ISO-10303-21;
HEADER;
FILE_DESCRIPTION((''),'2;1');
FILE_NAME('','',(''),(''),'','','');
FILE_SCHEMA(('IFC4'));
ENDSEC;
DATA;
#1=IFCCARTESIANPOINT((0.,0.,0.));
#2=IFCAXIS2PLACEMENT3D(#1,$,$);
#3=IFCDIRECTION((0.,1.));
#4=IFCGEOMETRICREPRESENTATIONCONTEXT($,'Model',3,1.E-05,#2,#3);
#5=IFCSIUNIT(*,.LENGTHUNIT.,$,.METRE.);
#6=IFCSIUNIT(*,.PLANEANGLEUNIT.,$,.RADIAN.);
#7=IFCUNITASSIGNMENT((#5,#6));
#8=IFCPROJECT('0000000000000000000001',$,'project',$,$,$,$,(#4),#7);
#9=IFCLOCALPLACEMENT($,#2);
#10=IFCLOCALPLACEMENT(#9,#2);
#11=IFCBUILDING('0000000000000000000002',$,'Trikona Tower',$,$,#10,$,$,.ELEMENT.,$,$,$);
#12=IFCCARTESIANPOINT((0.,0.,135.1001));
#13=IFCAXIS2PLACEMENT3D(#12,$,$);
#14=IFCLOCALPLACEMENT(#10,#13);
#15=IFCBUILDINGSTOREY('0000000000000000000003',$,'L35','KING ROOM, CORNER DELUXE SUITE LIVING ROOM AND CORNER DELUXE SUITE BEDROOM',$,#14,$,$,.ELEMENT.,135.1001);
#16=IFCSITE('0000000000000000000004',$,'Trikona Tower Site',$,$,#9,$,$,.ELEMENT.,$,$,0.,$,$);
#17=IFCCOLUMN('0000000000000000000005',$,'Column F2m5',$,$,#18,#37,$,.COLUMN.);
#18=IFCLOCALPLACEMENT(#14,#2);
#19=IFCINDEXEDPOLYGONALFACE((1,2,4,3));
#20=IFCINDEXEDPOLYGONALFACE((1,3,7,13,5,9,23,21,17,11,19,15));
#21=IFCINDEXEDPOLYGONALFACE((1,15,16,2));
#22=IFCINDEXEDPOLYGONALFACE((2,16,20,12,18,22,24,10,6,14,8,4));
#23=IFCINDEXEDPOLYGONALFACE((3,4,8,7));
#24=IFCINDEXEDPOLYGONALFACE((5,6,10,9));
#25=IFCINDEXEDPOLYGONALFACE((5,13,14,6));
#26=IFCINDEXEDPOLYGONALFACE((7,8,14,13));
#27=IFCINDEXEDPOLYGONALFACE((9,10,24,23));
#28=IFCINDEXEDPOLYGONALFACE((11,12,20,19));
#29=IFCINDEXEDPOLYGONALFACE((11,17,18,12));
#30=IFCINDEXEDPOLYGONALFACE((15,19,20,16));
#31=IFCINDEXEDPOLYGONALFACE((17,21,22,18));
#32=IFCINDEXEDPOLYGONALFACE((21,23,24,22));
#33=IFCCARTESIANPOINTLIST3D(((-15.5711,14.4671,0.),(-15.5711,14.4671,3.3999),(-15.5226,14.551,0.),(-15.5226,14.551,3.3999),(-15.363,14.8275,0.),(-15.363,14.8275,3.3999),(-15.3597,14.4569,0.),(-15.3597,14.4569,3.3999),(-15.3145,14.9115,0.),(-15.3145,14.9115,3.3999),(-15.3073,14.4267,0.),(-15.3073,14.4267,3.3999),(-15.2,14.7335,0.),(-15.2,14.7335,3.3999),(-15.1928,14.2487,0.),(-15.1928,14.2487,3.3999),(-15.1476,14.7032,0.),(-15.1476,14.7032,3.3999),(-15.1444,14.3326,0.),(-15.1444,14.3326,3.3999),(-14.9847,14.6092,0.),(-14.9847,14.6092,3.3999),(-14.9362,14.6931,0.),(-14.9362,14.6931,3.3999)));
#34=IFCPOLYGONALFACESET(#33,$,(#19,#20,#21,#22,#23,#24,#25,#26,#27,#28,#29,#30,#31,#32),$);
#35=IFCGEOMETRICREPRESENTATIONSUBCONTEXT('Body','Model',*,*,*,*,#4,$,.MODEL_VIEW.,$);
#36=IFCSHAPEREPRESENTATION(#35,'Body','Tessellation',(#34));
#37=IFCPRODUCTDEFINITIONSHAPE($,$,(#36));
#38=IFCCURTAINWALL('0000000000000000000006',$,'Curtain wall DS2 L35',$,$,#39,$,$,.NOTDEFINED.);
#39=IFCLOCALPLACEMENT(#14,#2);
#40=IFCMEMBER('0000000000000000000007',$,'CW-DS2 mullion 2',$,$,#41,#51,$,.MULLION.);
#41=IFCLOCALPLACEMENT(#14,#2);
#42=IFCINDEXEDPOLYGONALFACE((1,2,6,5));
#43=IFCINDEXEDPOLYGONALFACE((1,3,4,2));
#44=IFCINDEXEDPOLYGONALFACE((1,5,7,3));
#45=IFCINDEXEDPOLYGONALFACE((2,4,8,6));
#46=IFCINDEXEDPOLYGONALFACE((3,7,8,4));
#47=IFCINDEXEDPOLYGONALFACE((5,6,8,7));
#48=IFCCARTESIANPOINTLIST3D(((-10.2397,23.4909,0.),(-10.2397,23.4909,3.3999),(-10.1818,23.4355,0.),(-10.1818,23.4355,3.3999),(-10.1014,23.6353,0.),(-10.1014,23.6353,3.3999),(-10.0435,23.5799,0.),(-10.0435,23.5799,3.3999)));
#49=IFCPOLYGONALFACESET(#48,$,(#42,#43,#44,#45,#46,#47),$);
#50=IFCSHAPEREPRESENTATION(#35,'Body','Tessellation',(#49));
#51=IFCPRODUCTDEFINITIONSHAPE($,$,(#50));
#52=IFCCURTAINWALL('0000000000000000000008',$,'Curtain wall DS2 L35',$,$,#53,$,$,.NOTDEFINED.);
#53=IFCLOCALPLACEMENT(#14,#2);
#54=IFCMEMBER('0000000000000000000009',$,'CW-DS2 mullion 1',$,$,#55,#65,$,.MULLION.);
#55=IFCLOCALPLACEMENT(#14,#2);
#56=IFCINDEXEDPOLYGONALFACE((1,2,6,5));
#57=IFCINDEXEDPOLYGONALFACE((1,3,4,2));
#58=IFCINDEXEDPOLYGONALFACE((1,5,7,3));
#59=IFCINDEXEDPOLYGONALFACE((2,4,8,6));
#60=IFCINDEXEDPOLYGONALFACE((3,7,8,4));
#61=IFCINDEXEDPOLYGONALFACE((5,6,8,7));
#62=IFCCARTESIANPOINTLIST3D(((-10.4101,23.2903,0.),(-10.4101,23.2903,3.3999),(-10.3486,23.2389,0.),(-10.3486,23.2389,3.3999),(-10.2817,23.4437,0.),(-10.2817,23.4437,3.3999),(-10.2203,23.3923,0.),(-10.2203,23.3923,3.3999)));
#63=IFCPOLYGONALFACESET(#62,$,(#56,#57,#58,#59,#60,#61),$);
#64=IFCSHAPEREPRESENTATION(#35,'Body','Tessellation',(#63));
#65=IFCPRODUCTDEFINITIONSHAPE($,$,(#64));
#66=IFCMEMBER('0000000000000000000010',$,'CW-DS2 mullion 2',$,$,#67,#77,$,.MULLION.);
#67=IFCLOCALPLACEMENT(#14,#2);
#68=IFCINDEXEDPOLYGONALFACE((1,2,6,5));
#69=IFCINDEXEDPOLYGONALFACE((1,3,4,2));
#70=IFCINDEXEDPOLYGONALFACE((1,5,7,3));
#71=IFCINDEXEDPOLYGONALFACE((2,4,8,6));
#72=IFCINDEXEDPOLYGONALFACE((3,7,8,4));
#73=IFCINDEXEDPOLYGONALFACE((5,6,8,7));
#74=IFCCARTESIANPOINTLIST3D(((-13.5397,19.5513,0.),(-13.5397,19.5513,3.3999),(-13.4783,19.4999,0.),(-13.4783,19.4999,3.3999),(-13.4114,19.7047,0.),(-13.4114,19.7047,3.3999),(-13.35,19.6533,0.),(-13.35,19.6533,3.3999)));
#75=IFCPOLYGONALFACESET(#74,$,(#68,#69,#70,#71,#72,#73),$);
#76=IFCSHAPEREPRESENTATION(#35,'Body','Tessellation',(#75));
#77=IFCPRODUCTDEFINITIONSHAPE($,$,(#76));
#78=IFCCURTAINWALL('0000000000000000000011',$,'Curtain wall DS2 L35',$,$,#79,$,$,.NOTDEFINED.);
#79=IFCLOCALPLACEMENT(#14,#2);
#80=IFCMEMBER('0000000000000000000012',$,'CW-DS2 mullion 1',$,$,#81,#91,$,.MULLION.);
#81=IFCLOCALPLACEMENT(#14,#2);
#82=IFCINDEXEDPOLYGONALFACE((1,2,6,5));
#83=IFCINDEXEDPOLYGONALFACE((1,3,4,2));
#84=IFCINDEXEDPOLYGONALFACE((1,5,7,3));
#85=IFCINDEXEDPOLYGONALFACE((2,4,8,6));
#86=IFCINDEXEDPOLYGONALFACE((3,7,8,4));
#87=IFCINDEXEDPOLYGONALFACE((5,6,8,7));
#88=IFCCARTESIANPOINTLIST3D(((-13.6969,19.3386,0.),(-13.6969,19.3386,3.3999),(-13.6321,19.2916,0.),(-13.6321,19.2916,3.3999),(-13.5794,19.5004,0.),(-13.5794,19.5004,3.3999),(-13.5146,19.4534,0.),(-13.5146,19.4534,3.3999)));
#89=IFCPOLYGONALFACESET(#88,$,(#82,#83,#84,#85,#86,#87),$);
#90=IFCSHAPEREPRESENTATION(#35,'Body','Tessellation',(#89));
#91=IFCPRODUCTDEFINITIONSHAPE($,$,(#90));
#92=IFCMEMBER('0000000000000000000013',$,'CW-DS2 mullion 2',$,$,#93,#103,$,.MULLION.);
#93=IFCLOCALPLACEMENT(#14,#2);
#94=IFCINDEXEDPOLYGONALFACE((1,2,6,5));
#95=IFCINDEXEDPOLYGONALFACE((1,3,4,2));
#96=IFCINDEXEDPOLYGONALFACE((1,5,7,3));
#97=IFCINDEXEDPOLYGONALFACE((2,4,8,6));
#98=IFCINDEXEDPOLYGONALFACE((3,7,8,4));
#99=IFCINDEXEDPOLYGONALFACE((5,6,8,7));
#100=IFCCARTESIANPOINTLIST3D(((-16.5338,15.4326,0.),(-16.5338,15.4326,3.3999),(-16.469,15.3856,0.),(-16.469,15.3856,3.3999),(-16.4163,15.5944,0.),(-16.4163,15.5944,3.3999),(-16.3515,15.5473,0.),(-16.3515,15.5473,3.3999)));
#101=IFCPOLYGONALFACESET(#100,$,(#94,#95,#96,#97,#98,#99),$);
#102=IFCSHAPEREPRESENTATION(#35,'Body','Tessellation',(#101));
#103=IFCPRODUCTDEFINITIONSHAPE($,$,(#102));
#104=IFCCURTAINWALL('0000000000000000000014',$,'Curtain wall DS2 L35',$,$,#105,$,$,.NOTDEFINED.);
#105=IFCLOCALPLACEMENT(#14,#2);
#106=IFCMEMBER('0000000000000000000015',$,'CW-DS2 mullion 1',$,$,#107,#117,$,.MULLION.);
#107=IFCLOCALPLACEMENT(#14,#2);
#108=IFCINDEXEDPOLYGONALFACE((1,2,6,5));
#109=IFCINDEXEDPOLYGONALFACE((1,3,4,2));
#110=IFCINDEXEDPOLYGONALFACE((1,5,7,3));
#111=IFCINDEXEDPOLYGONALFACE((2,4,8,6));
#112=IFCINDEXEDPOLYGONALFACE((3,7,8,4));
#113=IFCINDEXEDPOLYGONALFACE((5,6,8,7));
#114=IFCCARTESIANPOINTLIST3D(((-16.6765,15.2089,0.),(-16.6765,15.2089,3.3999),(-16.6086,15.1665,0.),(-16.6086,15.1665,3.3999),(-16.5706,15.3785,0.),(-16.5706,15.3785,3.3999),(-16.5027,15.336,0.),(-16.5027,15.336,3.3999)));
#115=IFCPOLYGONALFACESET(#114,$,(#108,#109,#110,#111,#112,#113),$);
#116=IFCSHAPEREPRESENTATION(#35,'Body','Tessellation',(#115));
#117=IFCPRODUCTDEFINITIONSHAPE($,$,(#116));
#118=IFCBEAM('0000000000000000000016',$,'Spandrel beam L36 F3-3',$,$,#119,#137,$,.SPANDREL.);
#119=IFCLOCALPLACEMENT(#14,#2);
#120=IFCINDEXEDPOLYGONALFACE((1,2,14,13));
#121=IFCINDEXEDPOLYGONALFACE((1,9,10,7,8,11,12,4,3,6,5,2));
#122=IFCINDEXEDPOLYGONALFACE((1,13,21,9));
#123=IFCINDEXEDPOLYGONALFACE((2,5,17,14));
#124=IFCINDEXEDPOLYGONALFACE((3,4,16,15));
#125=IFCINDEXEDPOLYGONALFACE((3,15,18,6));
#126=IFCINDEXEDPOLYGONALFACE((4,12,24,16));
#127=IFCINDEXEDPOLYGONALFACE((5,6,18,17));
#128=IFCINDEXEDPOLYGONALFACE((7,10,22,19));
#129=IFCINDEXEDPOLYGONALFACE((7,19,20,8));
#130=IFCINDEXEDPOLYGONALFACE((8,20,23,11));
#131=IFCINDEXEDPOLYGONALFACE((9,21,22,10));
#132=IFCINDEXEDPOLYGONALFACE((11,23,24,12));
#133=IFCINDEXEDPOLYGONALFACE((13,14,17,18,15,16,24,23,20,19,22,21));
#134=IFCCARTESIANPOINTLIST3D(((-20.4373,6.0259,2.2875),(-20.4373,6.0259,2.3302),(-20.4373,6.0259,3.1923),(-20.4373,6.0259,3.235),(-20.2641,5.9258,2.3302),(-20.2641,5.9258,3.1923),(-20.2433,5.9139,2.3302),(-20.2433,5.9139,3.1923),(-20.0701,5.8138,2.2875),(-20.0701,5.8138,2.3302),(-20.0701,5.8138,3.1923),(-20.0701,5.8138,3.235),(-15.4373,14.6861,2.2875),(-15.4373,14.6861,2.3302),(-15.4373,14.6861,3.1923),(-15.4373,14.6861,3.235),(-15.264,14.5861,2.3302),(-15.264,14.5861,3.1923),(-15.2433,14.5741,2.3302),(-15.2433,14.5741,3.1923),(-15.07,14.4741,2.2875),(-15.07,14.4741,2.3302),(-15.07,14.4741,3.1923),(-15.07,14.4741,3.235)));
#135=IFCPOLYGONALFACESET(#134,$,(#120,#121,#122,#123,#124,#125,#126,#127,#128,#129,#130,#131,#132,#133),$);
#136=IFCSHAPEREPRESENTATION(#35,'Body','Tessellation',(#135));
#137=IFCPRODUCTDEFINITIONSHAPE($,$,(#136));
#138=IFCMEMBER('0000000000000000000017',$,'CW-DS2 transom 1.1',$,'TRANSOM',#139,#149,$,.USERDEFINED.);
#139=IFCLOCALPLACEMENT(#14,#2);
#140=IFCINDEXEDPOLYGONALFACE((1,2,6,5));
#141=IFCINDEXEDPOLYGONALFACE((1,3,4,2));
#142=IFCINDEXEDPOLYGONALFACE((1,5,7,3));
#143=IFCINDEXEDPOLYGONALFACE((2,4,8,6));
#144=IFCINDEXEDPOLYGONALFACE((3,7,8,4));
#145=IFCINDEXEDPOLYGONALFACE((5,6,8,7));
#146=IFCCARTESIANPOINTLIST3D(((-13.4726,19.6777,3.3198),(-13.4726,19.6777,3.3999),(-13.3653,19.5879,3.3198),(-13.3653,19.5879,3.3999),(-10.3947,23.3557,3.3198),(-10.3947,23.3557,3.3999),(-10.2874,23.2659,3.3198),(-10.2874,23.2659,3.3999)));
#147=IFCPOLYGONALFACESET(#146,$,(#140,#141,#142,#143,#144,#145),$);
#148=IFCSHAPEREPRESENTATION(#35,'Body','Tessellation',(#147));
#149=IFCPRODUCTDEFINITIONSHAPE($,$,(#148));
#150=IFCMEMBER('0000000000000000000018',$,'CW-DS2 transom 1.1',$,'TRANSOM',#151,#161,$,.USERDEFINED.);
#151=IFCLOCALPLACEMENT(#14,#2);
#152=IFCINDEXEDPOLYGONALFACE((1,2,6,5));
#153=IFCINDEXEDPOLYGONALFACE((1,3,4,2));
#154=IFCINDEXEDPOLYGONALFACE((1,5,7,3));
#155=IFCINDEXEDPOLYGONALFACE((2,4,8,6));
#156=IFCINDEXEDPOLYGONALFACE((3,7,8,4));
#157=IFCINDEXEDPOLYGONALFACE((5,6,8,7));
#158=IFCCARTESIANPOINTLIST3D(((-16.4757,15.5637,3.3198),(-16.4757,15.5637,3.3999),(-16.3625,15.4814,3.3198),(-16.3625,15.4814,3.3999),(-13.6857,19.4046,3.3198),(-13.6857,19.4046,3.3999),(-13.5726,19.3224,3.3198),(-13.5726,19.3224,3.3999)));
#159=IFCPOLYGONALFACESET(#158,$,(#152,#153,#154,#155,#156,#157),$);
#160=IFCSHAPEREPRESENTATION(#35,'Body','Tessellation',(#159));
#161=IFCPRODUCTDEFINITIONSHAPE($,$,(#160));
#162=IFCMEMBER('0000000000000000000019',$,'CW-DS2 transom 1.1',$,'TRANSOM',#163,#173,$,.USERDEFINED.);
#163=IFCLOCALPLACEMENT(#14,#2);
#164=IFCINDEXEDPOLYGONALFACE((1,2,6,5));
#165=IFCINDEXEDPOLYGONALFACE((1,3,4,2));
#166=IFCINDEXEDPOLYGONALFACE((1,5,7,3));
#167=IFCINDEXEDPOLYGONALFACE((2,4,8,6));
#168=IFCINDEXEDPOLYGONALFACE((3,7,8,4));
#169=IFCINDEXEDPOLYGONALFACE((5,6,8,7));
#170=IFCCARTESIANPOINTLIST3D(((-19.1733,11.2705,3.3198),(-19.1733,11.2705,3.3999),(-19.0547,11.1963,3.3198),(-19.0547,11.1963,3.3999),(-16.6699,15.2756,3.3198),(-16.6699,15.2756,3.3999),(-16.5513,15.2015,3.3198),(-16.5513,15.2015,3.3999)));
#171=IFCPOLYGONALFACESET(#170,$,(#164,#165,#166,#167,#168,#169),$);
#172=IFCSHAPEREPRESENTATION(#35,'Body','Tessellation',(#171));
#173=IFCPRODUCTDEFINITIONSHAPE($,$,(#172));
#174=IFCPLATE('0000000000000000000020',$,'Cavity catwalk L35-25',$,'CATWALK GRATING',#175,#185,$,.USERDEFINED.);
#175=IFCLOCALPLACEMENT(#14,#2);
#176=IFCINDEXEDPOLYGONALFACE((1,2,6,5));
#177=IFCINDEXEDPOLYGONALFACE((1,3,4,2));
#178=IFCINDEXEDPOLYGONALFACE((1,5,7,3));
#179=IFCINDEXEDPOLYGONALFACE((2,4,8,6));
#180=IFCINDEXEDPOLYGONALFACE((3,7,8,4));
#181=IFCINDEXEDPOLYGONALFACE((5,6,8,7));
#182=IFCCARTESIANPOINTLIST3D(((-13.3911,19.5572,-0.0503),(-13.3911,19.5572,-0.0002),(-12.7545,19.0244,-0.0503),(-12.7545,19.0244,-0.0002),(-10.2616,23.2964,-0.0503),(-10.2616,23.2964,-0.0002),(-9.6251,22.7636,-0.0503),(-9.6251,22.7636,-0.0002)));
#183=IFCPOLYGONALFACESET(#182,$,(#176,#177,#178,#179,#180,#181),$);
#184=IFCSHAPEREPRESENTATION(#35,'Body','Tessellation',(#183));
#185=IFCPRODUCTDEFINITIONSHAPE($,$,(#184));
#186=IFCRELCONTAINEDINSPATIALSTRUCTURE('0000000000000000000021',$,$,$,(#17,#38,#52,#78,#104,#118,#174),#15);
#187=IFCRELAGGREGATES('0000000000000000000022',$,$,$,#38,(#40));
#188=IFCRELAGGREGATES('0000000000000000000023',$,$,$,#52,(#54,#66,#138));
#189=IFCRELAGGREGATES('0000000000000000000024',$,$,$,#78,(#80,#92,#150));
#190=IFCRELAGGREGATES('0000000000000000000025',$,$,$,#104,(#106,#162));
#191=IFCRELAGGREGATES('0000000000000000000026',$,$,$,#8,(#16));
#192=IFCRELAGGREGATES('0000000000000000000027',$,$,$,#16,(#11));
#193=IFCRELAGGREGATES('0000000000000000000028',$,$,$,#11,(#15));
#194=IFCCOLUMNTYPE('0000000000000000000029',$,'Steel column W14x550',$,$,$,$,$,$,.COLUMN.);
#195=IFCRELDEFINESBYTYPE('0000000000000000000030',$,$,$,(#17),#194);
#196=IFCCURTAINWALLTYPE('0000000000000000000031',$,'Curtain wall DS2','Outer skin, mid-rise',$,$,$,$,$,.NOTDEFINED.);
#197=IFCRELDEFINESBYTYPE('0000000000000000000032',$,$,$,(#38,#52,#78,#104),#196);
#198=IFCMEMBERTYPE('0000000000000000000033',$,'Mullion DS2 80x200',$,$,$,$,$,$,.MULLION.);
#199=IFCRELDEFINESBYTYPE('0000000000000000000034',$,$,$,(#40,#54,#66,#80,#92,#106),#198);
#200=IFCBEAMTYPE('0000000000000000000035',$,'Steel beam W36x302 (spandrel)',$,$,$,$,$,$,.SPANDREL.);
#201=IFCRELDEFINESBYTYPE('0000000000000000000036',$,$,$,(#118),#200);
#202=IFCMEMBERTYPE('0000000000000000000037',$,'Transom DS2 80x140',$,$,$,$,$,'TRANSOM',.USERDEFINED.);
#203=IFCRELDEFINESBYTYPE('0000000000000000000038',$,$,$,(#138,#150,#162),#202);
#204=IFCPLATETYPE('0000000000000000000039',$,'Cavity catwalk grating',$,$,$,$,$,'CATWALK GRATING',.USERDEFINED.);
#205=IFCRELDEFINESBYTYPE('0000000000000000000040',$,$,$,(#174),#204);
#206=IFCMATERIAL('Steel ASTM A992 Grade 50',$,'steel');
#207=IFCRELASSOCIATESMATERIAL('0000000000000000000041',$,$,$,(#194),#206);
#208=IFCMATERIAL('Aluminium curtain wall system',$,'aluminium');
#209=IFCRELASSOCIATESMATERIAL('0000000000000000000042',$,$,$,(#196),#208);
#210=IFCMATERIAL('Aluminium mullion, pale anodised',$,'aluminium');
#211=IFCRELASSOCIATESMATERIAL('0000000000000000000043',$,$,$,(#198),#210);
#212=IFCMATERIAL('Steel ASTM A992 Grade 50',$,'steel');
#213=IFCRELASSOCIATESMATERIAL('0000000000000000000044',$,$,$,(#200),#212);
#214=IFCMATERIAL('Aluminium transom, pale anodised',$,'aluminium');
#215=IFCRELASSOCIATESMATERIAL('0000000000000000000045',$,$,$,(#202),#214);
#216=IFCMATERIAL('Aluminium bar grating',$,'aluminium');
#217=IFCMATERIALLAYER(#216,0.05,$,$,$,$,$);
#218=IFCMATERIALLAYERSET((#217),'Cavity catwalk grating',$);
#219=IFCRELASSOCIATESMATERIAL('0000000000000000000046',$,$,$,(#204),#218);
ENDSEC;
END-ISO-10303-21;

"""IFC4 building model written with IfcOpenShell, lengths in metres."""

from ifc_helpers import new_model, si_unit, direction, frame, origin, origin_2d, place, context, subcontext, project, spatial, rectangle, i_section, extrude, material, layer, layer_set, material_profile, profile_set, type_object, element, aggregate, save


model = new_model("IFC4")

# Units and contexts
model_context = context("Model", 3, precision=1e-05, world=origin(), true_north=direction((0.0, 1.0)))
body_context = subcontext(model_context, "Body", "Model", "MODEL_VIEW")
ifc_project = project(units=[si_unit("LENGTHUNIT", "METRE"), si_unit("PLANEANGLEUNIT", "RADIAN")], contexts=[model_context])

# Site, building, storey
site_placement = place(None, origin())
site = spatial("IfcSite", under=ifc_project, at=site_placement, Name="Trikona Tower Site", CompositionType="ELEMENT", RefElevation=0.0)
building_placement = place(site_placement, origin())
building = spatial("IfcBuilding", under=site, at=building_placement, Name="Trikona Tower", CompositionType="ELEMENT")
storey_placement = place(building_placement, frame((0.0, 0.0, 135.1001)))
storey = spatial("IfcBuildingStorey", under=building, at=storey_placement, Name="L35", Description="KING ROOM, CORNER DELUXE SUITE LIVING ROOM AND CORNER DELUXE SUITE BEDROOM", CompositionType="ELEMENT", Elevation=135.1001)

# Column
ifc_material_1 = material(Name="Steel ASTM A992 Grade 50", Category="steel")
ifc_material_profile_1 = material_profile(ifc_material_1, i_section(OverallWidth=0.4368, OverallDepth=0.5132, WebThickness=0.0605, FlangeThickness=0.0969, at=origin_2d()), Name="W14X550")
ifc_profile_set_1 = profile_set([ifc_material_profile_1], Name="Steel ASTM A992 Grade 50")
column_type = type_object("IfcColumnType", Name="Steel column W14x550", PredefinedType="COLUMN", material=ifc_profile_set_1)
column_placement = place(storey_placement, frame((-15.2537, 14.5801, 0.0), z_axis=(0.0, 0.0, 1.0), x_axis=(-0.866025, 0.5, 0.0)))
element("IfcColumn", 1, at=column_placement, inside=storey, type_object=column_type, Name="Column F2m5", PredefinedType="COLUMN", context=body_context, shape_type="SweptSolid", body=[
    extrude(i_section(OverallWidth=0.4368, OverallDepth=0.5132, WebThickness=0.0605, FlangeThickness=0.0969, at=origin_2d()), origin(), (0.0, 0.0, 1.0), 3.3999),
])

# Curtain wall, member
ifc_material_2 = material(Name="Aluminium curtain wall system", Category="aluminium")
curtain_wall_type = type_object("IfcCurtainWallType", Name="Curtain wall DS2", Description="Outer skin, mid-rise", PredefinedType="NOTDEFINED", material=ifc_material_2)
curtain_wall_1_placement = place(storey_placement, origin())
curtain_wall_1 = element("IfcCurtainWall", 2, at=curtain_wall_1_placement, inside=storey, type_object=curtain_wall_type, Name="Curtain wall DS2 L35", PredefinedType="NOTDEFINED")
ifc_material_3 = material(Name="Aluminium mullion, pale anodised", Category="aluminium")
ifc_material_profile_2 = material_profile(ifc_material_3, rectangle(XDim=0.0801, YDim=0.2, at=origin_2d()), Name="MUL-DS2")
ifc_profile_set_2 = profile_set([ifc_material_profile_2], Name="Aluminium mullion, pale anodised")
member_type_1 = type_object("IfcMemberType", Name="Mullion DS2 80x200", PredefinedType="MULLION", material=ifc_profile_set_2)
member_1_placement = place(storey_placement, frame((-10.1416, 23.5354, 0.0), z_axis=(0.0, 0.0, 1.0), x_axis=(0.722158, -0.691728, 0.0)))
member_1 = element("IfcMember", 3, at=member_1_placement, type_object=member_type_1, Name="CW-DS2 mullion 2", PredefinedType="MULLION", context=body_context, shape_type="SweptSolid", body=[
    extrude(rectangle(XDim=0.0801, YDim=0.2, at=origin_2d()), origin(), (0.0, 0.0, 1.0), 3.3999),
])
aggregate(curtain_wall_1, [member_1])

# Curtain walls, members
curtain_wall_2_placement = place(storey_placement, origin())
curtain_wall_2 = element("IfcCurtainWall", 4, at=curtain_wall_2_placement, inside=storey, type_object=curtain_wall_type, Name="Curtain wall DS2 L35", PredefinedType="NOTDEFINED")
member_2_placement = place(storey_placement, frame((-10.3152, 23.3413, 0.0), z_axis=(0.0, 0.0, 1.0), x_axis=(0.766867, -0.641806, 0.0)))
member_2 = element("IfcMember", 5, at=member_2_placement, type_object=member_type_1, Name="CW-DS2 mullion 1", PredefinedType="MULLION", context=body_context, shape_type="SweptSolid", body=[
    extrude(rectangle(XDim=0.0801, YDim=0.2, at=origin_2d()), origin(), (0.0, 0.0, 1.0), 3.3999),
])
member_3_placement = place(storey_placement, frame((-13.4448, 19.6023, 0.0), z_axis=(0.0, 0.0, 1.0), x_axis=(0.766867, -0.641806, 0.0)))
member_3 = element("IfcMember", 6, at=member_3_placement, type_object=member_type_1, Name="CW-DS2 mullion 2", PredefinedType="MULLION", context=body_context, shape_type="SweptSolid", body=[
    extrude(rectangle(XDim=0.0801, YDim=0.2, at=origin_2d()), origin(), (0.0, 0.0, 1.0), 3.3999),
])
curtain_wall_3_placement = place(storey_placement, origin())
curtain_wall_3 = element("IfcCurtainWall", 7, at=curtain_wall_3_placement, inside=storey, type_object=curtain_wall_type, Name="Curtain wall DS2 L35", PredefinedType="NOTDEFINED")
member_4_placement = place(storey_placement, frame((-13.6057, 19.396, 0.0), z_axis=(0.0, 0.0, 1.0), x_axis=(0.809086, -0.587691, 0.0)))
member_4 = element("IfcMember", 8, at=member_4_placement, type_object=member_type_1, Name="CW-DS2 mullion 1", PredefinedType="MULLION", context=body_context, shape_type="SweptSolid", body=[
    extrude(rectangle(XDim=0.0801, YDim=0.2, at=origin_2d()), origin(), (0.0, 0.0, 1.0), 3.3999),
])
member_5_placement = place(storey_placement, frame((-16.4426, 15.49, 0.0), z_axis=(0.0, 0.0, 1.0), x_axis=(0.809086, -0.587691, 0.0)))
member_5 = element("IfcMember", 9, at=member_5_placement, type_object=member_type_1, Name="CW-DS2 mullion 2", PredefinedType="MULLION", context=body_context, shape_type="SweptSolid", body=[
    extrude(rectangle(XDim=0.0801, YDim=0.2, at=origin_2d()), origin(), (0.0, 0.0, 1.0), 3.3999),
])

# Curtain wall, member
curtain_wall_4_placement = place(storey_placement, origin())
curtain_wall_4 = element("IfcCurtainWall", 10, at=curtain_wall_4_placement, inside=storey, type_object=curtain_wall_type, Name="Curtain wall DS2 L35", PredefinedType="NOTDEFINED")
member_6_placement = place(storey_placement, frame((-16.5896, 15.2725, 0.0), z_axis=(0.0, 0.0, 1.0), x_axis=(0.847998, -0.529999, 0.0)))
member_6 = element("IfcMember", 11, at=member_6_placement, type_object=member_type_1, Name="CW-DS2 mullion 1", PredefinedType="MULLION", context=body_context, shape_type="SweptSolid", body=[
    extrude(rectangle(XDim=0.0801, YDim=0.2, at=origin_2d()), origin(), (0.0, 0.0, 1.0), 3.3999),
])

# Beam
ifc_material_4 = material(Name="Steel ASTM A992 Grade 50", Category="steel")
ifc_material_profile_3 = material_profile(ifc_material_4, i_section(OverallWidth=0.4241, OverallDepth=0.9475, WebThickness=0.0239, FlangeThickness=0.0427, at=origin_2d()), Name="W36X302")
ifc_profile_set_3 = profile_set([ifc_material_profile_3], Name="Steel ASTM A992 Grade 50")
beam_type = type_object("IfcBeamType", Name="Steel beam W36x302 (spandrel)", PredefinedType="SPANDREL", material=ifc_profile_set_3)
beam_placement = place(storey_placement, frame((-15.2537, 14.5801, 2.7612), z_axis=(-0.500004, -0.866023, 0.0), x_axis=(0.866023, -0.500004, 0.0)))
element("IfcBeam", 12, at=beam_placement, inside=storey, type_object=beam_type, Name="Spandrel beam L36 F3-3", PredefinedType="SPANDREL", context=body_context, shape_type="SweptSolid", body=[
    extrude(i_section(OverallWidth=0.4241, OverallDepth=0.9475, WebThickness=0.0239, FlangeThickness=0.0427, at=origin_2d()), origin(), (0.0, 0.0, 1.0), 10.0),
])

# Members
ifc_material_5 = material(Name="Aluminium transom, pale anodised", Category="aluminium")
ifc_material_profile_4 = material_profile(ifc_material_5, rectangle(XDim=0.1399, YDim=0.0801, at=origin_2d()), Name="TRN-DS2")
ifc_profile_set_4 = profile_set([ifc_material_profile_4], Name="Aluminium transom, pale anodised")
member_type_2 = type_object("IfcMemberType", Name="Transom DS2 80x140", ElementType="TRANSOM", PredefinedType="USERDEFINED", material=ifc_profile_set_4)
member_7_placement = place(storey_placement, frame((-10.3411, 23.3108, 3.3599), z_axis=(-0.64177, -0.766897, 0.0), x_axis=(0.766897, -0.64177, 0.0)))
member_7 = element("IfcMember", 13, at=member_7_placement, type_object=member_type_2, Name="CW-DS2 transom 1.1", ObjectType="TRANSOM", PredefinedType="USERDEFINED", context=body_context, shape_type="SweptSolid", body=[
    extrude(rectangle(XDim=0.1399, YDim=0.0801, at=origin_2d()), origin(), (0.0, 0.0, 1.0), 4.7959),
])
member_8_placement = place(storey_placement, frame((-13.6292, 19.3635, 3.3599), z_axis=(-0.587695, -0.809083, 0.0), x_axis=(0.809083, -0.587695, 0.0)))
member_8 = element("IfcMember", 14, at=member_8_placement, type_object=member_type_2, Name="CW-DS2 transom 1.1", ObjectType="TRANSOM", PredefinedType="USERDEFINED", context=body_context, shape_type="SweptSolid", body=[
    extrude(rectangle(XDim=0.1399, YDim=0.0801, at=origin_2d()), origin(), (0.0, 0.0, 1.0), 4.7473),
])
member_9_placement = place(storey_placement, frame((-16.6106, 15.2385, 3.3599), z_axis=(-0.530031, -0.847978, 0.0), x_axis=(0.847978, -0.530031, 0.0)))
member_9 = element("IfcMember", 15, at=member_9_placement, type_object=member_type_2, Name="CW-DS2 transom 1.1", ObjectType="TRANSOM", PredefinedType="USERDEFINED", context=body_context, shape_type="SweptSolid", body=[
    extrude(rectangle(XDim=0.1399, YDim=0.0801, at=origin_2d()), origin(), (0.0, 0.0, 1.0), 4.7231),
])

# Plate
ifc_material_6 = material(Name="Aluminium bar grating", Category="aluminium")
ifc_layer_1 = layer(ifc_material_6, 0.05)
ifc_layer_set_1 = layer_set([ifc_layer_1], Name="Cavity catwalk grating")
plate_type_1 = type_object("IfcPlateType", Name="Cavity catwalk grating", ElementType="CATWALK GRATING", PredefinedType="USERDEFINED", material=ifc_layer_set_1)
plate_1_placement = place(storey_placement, frame((-11.5081, 21.1604, -0.0503), z_axis=(0.0, 0.0, 1.0), x_axis=(-0.641807, -0.766866, 0.0)))
element("IfcPlate", 16, at=plate_1_placement, inside=storey, type_object=plate_type_1, Name="Cavity catwalk L35-25", ObjectType="CATWALK GRATING", PredefinedType="USERDEFINED", context=body_context, shape_type="SweptSolid", body=[
    extrude(rectangle(XDim=4.876, YDim=0.8301, at=origin_2d()), origin(), (0.0, 0.0, 1.0), 0.05),
])

aggregate(curtain_wall_2, [member_2, member_3, member_7])
aggregate(curtain_wall_3, [member_4, member_5, member_8])
aggregate(curtain_wall_4, [member_6, member_9])

save(model, "model.ifc")
